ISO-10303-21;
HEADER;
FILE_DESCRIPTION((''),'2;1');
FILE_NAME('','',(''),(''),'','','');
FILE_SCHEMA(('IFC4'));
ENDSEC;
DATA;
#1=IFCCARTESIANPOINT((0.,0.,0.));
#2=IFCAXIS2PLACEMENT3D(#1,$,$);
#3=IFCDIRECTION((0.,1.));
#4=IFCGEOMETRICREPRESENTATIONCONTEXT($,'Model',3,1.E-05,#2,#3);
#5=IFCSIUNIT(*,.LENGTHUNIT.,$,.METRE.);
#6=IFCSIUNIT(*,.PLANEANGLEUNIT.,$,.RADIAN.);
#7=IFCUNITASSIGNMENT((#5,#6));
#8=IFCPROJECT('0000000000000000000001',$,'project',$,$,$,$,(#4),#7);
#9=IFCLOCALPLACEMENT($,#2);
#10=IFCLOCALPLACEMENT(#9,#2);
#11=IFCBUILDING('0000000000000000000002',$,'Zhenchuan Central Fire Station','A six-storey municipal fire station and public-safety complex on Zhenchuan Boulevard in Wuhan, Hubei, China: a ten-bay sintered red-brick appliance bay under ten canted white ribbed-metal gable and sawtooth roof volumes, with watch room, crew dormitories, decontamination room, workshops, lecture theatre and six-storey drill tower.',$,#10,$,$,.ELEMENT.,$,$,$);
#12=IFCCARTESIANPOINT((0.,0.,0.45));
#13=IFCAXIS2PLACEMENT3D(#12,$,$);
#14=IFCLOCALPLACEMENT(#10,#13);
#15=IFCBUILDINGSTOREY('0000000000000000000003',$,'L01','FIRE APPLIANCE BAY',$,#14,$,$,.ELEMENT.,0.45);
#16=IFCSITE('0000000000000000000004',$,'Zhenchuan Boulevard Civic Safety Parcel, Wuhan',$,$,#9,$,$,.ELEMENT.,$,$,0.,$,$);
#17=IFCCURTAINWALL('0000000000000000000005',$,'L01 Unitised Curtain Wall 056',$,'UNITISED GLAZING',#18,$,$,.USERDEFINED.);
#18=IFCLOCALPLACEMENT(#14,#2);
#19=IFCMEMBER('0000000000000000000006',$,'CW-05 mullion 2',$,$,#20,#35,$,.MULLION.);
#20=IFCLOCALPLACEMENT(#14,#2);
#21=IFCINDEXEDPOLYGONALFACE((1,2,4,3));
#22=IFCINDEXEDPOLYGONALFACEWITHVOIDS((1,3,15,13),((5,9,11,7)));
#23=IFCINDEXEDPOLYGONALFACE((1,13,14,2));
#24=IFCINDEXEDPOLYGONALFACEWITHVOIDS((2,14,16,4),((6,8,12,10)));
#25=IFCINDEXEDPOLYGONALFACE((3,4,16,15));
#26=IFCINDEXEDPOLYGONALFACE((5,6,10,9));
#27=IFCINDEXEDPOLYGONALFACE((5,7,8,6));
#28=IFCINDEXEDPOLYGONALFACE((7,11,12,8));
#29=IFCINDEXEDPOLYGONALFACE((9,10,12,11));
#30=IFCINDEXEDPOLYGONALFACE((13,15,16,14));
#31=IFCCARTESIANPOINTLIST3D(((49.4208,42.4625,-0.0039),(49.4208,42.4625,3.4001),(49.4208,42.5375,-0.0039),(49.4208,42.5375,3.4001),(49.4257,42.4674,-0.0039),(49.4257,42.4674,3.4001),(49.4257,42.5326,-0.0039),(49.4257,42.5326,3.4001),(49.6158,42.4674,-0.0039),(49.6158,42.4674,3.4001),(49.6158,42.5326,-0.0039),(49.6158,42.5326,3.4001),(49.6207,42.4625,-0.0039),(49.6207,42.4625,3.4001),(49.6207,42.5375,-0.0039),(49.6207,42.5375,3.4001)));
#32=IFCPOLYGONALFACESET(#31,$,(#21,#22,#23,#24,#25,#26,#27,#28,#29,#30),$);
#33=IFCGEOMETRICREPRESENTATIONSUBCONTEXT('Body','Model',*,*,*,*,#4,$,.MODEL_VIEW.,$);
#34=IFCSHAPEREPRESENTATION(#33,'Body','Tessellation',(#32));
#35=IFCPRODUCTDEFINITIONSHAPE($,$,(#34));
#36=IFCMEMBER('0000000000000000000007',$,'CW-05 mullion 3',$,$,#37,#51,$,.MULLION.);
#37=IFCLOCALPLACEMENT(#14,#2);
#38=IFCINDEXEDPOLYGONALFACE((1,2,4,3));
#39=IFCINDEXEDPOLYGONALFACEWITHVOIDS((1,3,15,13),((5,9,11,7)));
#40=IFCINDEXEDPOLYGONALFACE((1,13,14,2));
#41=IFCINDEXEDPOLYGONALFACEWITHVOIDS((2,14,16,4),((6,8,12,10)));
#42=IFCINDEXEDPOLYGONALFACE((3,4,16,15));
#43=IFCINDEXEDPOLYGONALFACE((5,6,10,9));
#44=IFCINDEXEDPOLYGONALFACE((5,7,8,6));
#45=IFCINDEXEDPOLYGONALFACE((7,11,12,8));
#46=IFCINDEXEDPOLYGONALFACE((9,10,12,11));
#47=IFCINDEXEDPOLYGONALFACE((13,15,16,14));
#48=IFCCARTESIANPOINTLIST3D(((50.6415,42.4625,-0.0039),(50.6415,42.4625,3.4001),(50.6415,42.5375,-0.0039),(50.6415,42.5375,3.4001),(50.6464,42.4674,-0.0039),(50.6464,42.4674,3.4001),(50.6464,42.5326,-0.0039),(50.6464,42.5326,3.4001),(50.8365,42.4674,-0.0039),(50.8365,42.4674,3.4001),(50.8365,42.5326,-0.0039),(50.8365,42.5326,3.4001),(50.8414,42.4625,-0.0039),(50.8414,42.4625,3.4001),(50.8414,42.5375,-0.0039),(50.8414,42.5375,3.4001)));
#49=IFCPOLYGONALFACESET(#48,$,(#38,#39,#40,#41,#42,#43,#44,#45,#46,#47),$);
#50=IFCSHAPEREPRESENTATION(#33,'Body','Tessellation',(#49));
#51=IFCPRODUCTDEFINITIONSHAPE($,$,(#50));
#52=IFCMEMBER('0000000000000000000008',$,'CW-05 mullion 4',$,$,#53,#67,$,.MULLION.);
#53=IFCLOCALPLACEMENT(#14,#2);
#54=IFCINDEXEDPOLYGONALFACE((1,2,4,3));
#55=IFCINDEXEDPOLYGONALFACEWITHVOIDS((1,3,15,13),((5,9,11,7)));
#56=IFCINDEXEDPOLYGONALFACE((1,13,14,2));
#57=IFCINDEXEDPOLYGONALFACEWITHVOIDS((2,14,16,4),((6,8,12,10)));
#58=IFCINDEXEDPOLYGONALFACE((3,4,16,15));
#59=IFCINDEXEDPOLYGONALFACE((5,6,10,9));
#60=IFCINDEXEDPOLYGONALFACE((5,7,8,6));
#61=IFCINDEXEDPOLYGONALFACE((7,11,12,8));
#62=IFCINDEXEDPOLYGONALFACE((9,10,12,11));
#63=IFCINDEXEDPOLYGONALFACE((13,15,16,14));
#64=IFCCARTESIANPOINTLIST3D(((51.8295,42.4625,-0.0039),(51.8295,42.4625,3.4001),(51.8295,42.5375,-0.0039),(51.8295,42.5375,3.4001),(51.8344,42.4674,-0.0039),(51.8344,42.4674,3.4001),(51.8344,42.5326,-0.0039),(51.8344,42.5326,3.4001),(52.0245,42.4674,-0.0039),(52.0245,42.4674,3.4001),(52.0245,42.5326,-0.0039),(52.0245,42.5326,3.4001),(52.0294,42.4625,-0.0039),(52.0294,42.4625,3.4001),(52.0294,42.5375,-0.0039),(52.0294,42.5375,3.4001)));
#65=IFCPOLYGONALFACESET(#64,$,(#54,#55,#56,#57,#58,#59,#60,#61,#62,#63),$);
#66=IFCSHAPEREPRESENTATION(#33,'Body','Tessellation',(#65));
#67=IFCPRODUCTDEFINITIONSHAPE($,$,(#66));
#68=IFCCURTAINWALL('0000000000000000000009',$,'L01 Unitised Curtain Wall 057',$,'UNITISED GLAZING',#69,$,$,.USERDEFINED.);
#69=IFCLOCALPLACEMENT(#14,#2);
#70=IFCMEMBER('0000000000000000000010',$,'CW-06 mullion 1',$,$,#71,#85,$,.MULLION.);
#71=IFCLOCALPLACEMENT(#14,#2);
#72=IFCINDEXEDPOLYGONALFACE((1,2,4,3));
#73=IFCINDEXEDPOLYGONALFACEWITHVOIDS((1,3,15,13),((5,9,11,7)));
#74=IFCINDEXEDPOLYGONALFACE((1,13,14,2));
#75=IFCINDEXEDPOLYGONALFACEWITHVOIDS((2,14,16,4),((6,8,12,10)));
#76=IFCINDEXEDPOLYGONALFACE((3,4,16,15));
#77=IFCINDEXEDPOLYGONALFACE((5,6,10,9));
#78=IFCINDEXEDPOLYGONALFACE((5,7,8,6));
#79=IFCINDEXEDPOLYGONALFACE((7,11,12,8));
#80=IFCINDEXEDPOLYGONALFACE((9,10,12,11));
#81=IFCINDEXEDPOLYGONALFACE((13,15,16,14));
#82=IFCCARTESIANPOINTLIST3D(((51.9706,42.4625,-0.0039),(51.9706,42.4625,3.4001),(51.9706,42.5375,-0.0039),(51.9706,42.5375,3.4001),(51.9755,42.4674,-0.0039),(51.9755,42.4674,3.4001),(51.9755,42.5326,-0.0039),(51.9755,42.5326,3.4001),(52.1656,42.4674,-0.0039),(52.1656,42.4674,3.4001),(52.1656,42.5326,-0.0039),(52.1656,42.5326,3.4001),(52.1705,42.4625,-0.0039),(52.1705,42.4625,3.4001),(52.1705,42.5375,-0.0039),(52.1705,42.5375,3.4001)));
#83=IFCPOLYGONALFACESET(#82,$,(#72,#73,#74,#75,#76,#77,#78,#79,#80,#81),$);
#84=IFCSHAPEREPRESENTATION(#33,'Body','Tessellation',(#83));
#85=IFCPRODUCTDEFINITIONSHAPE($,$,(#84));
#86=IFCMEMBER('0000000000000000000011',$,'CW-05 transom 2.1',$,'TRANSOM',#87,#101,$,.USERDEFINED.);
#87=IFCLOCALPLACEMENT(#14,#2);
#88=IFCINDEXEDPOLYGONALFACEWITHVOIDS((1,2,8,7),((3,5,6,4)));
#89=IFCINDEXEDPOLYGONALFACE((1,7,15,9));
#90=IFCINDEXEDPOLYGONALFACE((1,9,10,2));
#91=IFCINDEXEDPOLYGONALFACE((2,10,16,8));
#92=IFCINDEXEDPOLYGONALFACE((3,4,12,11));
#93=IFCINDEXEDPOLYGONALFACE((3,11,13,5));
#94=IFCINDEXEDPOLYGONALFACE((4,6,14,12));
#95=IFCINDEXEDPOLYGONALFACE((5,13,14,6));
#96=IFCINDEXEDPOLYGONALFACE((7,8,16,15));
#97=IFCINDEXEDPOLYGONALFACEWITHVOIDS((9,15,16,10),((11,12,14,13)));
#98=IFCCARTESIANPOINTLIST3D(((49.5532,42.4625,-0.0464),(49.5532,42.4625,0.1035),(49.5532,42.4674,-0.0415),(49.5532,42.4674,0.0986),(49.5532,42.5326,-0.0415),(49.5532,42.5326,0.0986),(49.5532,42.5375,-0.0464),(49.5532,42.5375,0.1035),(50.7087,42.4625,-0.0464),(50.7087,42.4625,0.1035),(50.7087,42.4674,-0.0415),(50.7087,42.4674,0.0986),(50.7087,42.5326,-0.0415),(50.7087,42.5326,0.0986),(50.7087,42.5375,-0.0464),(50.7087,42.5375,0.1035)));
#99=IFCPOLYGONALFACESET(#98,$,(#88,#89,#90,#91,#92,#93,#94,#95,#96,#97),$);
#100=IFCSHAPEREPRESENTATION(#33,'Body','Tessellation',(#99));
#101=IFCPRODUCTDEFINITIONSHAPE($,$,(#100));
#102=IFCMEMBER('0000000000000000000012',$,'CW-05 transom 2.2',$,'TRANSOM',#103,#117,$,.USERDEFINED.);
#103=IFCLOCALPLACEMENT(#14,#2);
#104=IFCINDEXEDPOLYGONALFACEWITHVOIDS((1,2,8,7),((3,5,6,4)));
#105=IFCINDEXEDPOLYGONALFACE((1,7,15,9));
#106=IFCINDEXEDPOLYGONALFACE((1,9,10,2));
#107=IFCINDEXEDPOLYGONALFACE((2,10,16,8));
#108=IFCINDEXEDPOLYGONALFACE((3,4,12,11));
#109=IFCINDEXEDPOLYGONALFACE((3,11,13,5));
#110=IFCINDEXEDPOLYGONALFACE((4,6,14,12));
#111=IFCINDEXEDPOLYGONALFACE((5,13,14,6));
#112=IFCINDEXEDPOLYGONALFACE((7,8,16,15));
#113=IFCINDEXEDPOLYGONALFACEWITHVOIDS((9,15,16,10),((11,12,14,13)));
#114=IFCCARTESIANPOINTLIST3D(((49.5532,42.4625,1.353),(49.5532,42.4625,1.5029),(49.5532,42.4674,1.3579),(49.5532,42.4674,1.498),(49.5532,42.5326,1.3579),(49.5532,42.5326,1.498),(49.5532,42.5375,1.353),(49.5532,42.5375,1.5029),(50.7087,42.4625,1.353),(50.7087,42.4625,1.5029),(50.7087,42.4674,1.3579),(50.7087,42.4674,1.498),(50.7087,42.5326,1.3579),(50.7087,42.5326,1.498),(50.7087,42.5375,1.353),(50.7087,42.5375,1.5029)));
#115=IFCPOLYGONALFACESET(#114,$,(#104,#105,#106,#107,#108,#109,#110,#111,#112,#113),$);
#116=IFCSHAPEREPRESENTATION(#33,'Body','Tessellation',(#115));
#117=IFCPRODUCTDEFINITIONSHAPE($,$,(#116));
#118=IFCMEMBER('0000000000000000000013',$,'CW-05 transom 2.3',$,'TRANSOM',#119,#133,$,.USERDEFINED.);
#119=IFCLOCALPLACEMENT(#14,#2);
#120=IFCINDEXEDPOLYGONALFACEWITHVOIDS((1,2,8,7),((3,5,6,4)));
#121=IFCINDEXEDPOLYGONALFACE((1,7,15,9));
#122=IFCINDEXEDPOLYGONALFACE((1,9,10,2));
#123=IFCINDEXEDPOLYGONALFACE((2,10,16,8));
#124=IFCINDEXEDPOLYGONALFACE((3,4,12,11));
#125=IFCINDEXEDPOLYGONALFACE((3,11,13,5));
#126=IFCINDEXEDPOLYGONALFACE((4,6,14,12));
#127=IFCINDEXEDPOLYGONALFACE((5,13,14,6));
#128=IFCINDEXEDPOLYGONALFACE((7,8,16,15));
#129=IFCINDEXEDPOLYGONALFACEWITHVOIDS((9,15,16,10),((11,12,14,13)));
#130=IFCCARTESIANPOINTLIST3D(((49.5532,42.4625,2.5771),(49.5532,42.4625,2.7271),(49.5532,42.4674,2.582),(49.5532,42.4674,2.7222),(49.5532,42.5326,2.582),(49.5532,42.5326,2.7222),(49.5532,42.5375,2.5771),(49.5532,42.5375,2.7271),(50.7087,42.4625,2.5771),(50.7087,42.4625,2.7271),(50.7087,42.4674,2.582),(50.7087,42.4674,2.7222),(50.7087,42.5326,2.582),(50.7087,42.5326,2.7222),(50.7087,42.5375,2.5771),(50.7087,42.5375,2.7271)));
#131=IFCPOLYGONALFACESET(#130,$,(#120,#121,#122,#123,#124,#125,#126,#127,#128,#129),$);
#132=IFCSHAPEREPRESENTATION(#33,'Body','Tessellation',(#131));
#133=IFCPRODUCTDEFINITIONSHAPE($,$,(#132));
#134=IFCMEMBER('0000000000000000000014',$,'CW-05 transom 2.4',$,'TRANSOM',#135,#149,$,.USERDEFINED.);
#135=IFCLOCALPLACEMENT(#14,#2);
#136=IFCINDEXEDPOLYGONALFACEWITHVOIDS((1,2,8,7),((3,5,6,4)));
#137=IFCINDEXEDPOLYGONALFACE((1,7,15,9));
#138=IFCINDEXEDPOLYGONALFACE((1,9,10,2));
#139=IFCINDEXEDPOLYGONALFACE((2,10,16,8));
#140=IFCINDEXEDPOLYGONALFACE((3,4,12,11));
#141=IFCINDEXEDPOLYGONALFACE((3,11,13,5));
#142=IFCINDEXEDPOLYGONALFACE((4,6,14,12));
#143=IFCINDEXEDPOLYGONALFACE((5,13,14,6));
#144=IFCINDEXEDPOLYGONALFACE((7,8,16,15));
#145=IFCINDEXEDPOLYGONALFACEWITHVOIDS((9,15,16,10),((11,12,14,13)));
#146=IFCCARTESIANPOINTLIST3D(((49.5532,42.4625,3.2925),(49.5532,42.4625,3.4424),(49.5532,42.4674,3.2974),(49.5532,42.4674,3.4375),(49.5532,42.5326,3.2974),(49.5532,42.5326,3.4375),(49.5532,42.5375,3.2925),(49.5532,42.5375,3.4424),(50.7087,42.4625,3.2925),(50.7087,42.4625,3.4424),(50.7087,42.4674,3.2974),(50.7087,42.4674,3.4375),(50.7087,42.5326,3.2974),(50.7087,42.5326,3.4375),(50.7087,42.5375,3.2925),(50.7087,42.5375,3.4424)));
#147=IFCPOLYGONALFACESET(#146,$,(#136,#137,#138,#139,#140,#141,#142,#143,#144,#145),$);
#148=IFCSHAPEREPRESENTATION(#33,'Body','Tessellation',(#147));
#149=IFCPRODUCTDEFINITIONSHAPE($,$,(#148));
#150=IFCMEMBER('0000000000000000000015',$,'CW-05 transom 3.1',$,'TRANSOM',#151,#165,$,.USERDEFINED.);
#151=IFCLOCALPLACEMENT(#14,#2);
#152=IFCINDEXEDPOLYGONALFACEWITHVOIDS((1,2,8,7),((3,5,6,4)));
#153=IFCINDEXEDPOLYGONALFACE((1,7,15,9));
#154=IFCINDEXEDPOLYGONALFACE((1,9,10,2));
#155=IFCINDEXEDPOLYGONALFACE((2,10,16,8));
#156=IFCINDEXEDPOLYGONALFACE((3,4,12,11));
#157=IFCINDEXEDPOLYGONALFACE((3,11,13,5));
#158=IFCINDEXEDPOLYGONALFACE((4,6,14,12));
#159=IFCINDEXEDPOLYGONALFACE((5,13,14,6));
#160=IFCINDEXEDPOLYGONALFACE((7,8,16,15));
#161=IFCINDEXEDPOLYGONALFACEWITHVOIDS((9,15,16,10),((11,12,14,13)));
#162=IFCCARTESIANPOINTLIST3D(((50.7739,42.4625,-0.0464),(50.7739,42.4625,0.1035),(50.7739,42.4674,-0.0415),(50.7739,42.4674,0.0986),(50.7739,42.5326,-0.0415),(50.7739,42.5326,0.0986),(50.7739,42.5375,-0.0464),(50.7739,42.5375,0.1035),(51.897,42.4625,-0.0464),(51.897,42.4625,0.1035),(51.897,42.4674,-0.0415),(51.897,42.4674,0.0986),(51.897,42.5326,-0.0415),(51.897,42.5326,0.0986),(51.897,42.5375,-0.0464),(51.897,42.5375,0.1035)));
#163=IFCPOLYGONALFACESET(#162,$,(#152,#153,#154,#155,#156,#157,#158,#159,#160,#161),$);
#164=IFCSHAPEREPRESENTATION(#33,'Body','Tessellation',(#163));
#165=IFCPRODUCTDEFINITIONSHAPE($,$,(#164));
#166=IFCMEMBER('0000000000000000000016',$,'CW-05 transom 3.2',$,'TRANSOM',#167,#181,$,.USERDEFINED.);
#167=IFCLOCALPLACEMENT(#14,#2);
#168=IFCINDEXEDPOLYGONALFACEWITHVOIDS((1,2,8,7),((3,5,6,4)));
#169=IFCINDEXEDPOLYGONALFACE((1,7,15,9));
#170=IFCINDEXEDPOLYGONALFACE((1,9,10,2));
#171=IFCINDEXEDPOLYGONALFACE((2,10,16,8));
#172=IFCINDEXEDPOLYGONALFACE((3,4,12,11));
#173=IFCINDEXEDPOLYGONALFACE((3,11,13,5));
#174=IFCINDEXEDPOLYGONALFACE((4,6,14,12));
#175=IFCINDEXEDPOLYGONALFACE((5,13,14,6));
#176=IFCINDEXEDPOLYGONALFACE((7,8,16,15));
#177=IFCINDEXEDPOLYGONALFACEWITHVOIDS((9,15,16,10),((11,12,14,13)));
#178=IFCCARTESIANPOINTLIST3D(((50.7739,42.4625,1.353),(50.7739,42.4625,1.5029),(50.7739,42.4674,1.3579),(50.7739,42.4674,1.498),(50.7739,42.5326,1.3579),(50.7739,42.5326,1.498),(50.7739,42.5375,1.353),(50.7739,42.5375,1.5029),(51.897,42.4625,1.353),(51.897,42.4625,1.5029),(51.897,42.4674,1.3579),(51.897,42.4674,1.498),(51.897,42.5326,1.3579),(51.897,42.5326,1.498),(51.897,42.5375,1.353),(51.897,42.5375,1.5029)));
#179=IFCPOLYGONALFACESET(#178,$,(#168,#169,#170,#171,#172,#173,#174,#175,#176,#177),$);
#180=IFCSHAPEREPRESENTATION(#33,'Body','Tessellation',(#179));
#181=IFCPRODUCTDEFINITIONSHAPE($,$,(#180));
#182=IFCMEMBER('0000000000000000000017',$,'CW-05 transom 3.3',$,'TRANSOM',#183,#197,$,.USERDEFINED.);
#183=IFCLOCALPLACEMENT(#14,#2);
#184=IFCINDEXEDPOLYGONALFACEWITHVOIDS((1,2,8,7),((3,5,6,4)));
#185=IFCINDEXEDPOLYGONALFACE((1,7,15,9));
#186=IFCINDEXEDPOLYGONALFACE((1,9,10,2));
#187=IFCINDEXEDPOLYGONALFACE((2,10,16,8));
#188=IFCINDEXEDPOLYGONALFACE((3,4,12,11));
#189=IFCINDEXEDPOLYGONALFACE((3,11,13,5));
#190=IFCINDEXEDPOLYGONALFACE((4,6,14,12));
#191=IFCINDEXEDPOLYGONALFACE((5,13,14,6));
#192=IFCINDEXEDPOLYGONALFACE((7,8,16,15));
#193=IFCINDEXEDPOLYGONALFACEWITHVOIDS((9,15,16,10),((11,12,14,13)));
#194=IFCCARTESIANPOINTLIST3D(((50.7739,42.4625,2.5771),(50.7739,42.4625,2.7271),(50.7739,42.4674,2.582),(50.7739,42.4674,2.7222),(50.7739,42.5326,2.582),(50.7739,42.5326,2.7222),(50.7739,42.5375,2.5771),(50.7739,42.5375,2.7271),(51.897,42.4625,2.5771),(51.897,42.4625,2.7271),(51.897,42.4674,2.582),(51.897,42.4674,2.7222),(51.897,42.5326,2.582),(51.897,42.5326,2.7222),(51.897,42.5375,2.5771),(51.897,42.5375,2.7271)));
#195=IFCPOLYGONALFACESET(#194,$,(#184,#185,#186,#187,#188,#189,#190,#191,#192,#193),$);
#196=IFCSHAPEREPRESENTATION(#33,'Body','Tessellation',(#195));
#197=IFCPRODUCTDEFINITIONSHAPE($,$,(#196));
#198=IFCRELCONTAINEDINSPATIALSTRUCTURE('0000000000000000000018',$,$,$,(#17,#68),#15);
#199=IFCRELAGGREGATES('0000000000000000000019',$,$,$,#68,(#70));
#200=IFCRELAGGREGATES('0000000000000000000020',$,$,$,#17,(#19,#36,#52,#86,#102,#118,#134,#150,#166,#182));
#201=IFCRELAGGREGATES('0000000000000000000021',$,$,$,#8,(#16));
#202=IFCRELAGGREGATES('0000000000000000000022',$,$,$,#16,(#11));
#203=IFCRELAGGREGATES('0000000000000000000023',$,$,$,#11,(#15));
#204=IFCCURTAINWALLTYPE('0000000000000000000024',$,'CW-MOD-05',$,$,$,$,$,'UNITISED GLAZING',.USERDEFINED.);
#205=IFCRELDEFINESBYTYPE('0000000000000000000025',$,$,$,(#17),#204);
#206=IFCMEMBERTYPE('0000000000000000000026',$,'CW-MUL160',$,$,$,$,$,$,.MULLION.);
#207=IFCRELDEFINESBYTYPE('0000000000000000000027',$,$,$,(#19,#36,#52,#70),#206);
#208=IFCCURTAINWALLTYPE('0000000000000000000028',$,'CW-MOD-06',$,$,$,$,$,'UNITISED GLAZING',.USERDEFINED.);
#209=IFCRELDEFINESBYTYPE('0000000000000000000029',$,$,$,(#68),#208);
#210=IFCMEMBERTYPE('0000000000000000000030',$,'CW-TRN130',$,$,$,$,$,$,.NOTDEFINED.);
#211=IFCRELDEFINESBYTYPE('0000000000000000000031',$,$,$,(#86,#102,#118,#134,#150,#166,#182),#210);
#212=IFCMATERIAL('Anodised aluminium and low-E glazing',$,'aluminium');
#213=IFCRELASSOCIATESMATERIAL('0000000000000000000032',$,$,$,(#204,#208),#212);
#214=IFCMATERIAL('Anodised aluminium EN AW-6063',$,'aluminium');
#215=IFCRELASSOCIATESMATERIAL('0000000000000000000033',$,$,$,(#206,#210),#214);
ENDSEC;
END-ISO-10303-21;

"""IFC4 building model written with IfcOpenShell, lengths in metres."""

from ifc_helpers import new_model, si_unit, direction, frame, origin, origin_2d, place, context, subcontext, project, spatial, hollow_rectangle, extrude, material, material_profile, profile_set, type_object, element, aggregate, save


model = new_model("IFC4")

# Units and contexts
model_context = context("Model", 3, precision=1e-05, world=origin(), true_north=direction((0.0, 1.0)))
body_context = subcontext(model_context, "Body", "Model", "MODEL_VIEW")
ifc_project = project(units=[si_unit("LENGTHUNIT", "METRE"), si_unit("PLANEANGLEUNIT", "RADIAN")], contexts=[model_context])

# Site, building, storey
site_placement = place(None, origin())
site = spatial("IfcSite", under=ifc_project, at=site_placement, Name="Zhenchuan Boulevard Civic Safety Parcel, Wuhan", CompositionType="ELEMENT", RefElevation=0.0)
building_placement = place(site_placement, origin())
building = spatial("IfcBuilding", under=site, at=building_placement, Name="Zhenchuan Central Fire Station", Description="A six-storey municipal fire station and public-safety complex on Zhenchuan Boulevard in Wuhan, Hubei, China: a ten-bay sintered red-brick appliance bay under ten canted white ribbed-metal gable and sawtooth roof volumes, with watch room, crew dormitories, decontamination room, workshops, lecture theatre and six-storey drill tower.", CompositionType="ELEMENT")
storey_placement = place(building_placement, frame((0.0, 0.0, 0.45)))
storey = spatial("IfcBuildingStorey", under=building, at=storey_placement, Name="L01", Description="FIRE APPLIANCE BAY", CompositionType="ELEMENT", Elevation=0.45)

# Curtain wall, members
ifc_material_1 = material(Name="Anodised aluminium and low-E glazing", Category="aluminium")
curtain_wall_type_1 = type_object("IfcCurtainWallType", Name="CW-MOD-05", ElementType="UNITISED GLAZING", PredefinedType="USERDEFINED", material=ifc_material_1)
curtain_wall_1_placement = place(storey_placement, origin())
curtain_wall_1 = element("IfcCurtainWall", 1, at=curtain_wall_1_placement, inside=storey, type_object=curtain_wall_type_1, Name="L01 Unitised Curtain Wall 056", ObjectType="UNITISED GLAZING", PredefinedType="USERDEFINED")
ifc_material_2 = material(Name="Anodised aluminium EN AW-6063", Category="aluminium")
ifc_material_profile_1 = material_profile(ifc_material_2, hollow_rectangle(XDim=0.075, YDim=0.2, WallThickness=0.0049, at=origin_2d()), Name="ALU-M 200x75")
ifc_profile_set_1 = profile_set([ifc_material_profile_1], Name="Anodised aluminium EN AW-6063")
member_type_1 = type_object("IfcMemberType", Name="CW-MUL160", PredefinedType="MULLION", material=ifc_profile_set_1)
member_1_placement = place(storey_placement, frame((49.5208, 42.5, -0.0039), z_axis=(0.0, 0.0, 1.0), x_axis=(0.0, 1.0, 0.0)))
member_1 = element("IfcMember", 2, at=member_1_placement, type_object=member_type_1, Name="CW-05 mullion 2", PredefinedType="MULLION", context=body_context, shape_type="SweptSolid", body=[
    extrude(hollow_rectangle(XDim=0.075, YDim=0.2, WallThickness=0.0049, at=origin_2d()), origin(), (0.0, 0.0, 1.0), 3.4041),
])
member_2_placement = place(storey_placement, frame((50.7415, 42.5, -0.0039), z_axis=(0.0, 0.0, 1.0), x_axis=(0.0, 1.0, 0.0)))
member_2 = element("IfcMember", 3, at=member_2_placement, type_object=member_type_1, Name="CW-05 mullion 3", PredefinedType="MULLION", context=body_context, shape_type="SweptSolid", body=[
    extrude(hollow_rectangle(XDim=0.075, YDim=0.2, WallThickness=0.0049, at=origin_2d()), origin(), (0.0, 0.0, 1.0), 3.4041),
])
member_3_placement = place(storey_placement, frame((51.9294, 42.5, -0.0039), z_axis=(0.0, 0.0, 1.0), x_axis=(0.0, 1.0, 0.0)))
member_3 = element("IfcMember", 4, at=member_3_placement, type_object=member_type_1, Name="CW-05 mullion 4", PredefinedType="MULLION", context=body_context, shape_type="SweptSolid", body=[
    extrude(hollow_rectangle(XDim=0.075, YDim=0.2, WallThickness=0.0049, at=origin_2d()), origin(), (0.0, 0.0, 1.0), 3.4041),
])

# Curtain wall, member
curtain_wall_type_2 = type_object("IfcCurtainWallType", Name="CW-MOD-06", ElementType="UNITISED GLAZING", PredefinedType="USERDEFINED", material=ifc_material_1)
curtain_wall_2_placement = place(storey_placement, origin())
curtain_wall_2 = element("IfcCurtainWall", 5, at=curtain_wall_2_placement, inside=storey, type_object=curtain_wall_type_2, Name="L01 Unitised Curtain Wall 057", ObjectType="UNITISED GLAZING", PredefinedType="USERDEFINED")
member_4_placement = place(storey_placement, frame((52.0706, 42.5, -0.0039), z_axis=(0.0, 0.0, 1.0), x_axis=(0.0, 1.0, 0.0)))
member_4 = element("IfcMember", 6, at=member_4_placement, type_object=member_type_1, Name="CW-06 mullion 1", PredefinedType="MULLION", context=body_context, shape_type="SweptSolid", body=[
    extrude(hollow_rectangle(XDim=0.075, YDim=0.2, WallThickness=0.0049, at=origin_2d()), origin(), (0.0, 0.0, 1.0), 3.4041),
])

# Members
ifc_material_profile_2 = material_profile(ifc_material_2, hollow_rectangle(XDim=0.075, YDim=0.1499, WallThickness=0.0049, at=origin_2d()), Name="ALU-T 150x75")
ifc_profile_set_2 = profile_set([ifc_material_profile_2], Name="Anodised aluminium EN AW-6063")
member_type_2 = type_object("IfcMemberType", Name="CW-TRN130", PredefinedType="NOTDEFINED", material=ifc_profile_set_2)
member_5_placement = place(storey_placement, frame((49.5532, 42.5, 0.0286), z_axis=(1.0, 0.0, 0.0), x_axis=(0.0, 1.0, 0.0)))
member_5 = element("IfcMember", 7, at=member_5_placement, type_object=member_type_2, Name="CW-05 transom 2.1", ObjectType="TRANSOM", PredefinedType="USERDEFINED", context=body_context, shape_type="SweptSolid", body=[
    extrude(hollow_rectangle(XDim=0.075, YDim=0.1499, WallThickness=0.0049, at=origin_2d()), origin(), (0.0, 0.0, 1.0), 1.1555),
])
member_6_placement = place(storey_placement, frame((49.5532, 42.5, 1.428), z_axis=(1.0, 0.0, 0.0), x_axis=(0.0, 1.0, 0.0)))
member_6 = element("IfcMember", 8, at=member_6_placement, type_object=member_type_2, Name="CW-05 transom 2.2", ObjectType="TRANSOM", PredefinedType="USERDEFINED", context=body_context, shape_type="SweptSolid", body=[
    extrude(hollow_rectangle(XDim=0.075, YDim=0.1499, WallThickness=0.0049, at=origin_2d()), origin(), (0.0, 0.0, 1.0), 1.1555),
])
member_7_placement = place(storey_placement, frame((49.5532, 42.5, 2.6521), z_axis=(1.0, 0.0, 0.0), x_axis=(0.0, 1.0, 0.0)))
member_7 = element("IfcMember", 9, at=member_7_placement, type_object=member_type_2, Name="CW-05 transom 2.3", ObjectType="TRANSOM", PredefinedType="USERDEFINED", context=body_context, shape_type="SweptSolid", body=[
    extrude(hollow_rectangle(XDim=0.075, YDim=0.1499, WallThickness=0.0049, at=origin_2d()), origin(), (0.0, 0.0, 1.0), 1.1555),
])
member_8_placement = place(storey_placement, frame((49.5532, 42.5, 3.3674), z_axis=(1.0, 0.0, 0.0), x_axis=(0.0, 1.0, 0.0)))
member_8 = element("IfcMember", 10, at=member_8_placement, type_object=member_type_2, Name="CW-05 transom 2.4", ObjectType="TRANSOM", PredefinedType="USERDEFINED", context=body_context, shape_type="SweptSolid", body=[
    extrude(hollow_rectangle(XDim=0.075, YDim=0.1499, WallThickness=0.0049, at=origin_2d()), origin(), (0.0, 0.0, 1.0), 1.1555),
])
member_9_placement = place(storey_placement, frame((50.7739, 42.5, 0.0286), z_axis=(1.0, 0.0, 0.0), x_axis=(0.0, 1.0, 0.0)))
member_9 = element("IfcMember", 11, at=member_9_placement, type_object=member_type_2, Name="CW-05 transom 3.1", ObjectType="TRANSOM", PredefinedType="USERDEFINED", context=body_context, shape_type="SweptSolid", body=[
    extrude(hollow_rectangle(XDim=0.075, YDim=0.1499, WallThickness=0.0049, at=origin_2d()), origin(), (0.0, 0.0, 1.0), 1.123),
])
member_10_placement = place(storey_placement, frame((50.7739, 42.5, 1.428), z_axis=(1.0, 0.0, 0.0), x_axis=(0.0, 1.0, 0.0)))
member_10 = element("IfcMember", 12, at=member_10_placement, type_object=member_type_2, Name="CW-05 transom 3.2", ObjectType="TRANSOM", PredefinedType="USERDEFINED", context=body_context, shape_type="SweptSolid", body=[
    extrude(hollow_rectangle(XDim=0.075, YDim=0.1499, WallThickness=0.0049, at=origin_2d()), origin(), (0.0, 0.0, 1.0), 1.123),
])
member_11_placement = place(storey_placement, frame((50.7739, 42.5, 2.6521), z_axis=(1.0, 0.0, 0.0), x_axis=(0.0, 1.0, 0.0)))
member_11 = element("IfcMember", 13, at=member_11_placement, type_object=member_type_2, Name="CW-05 transom 3.3", ObjectType="TRANSOM", PredefinedType="USERDEFINED", context=body_context, shape_type="SweptSolid", body=[
    extrude(hollow_rectangle(XDim=0.075, YDim=0.1499, WallThickness=0.0049, at=origin_2d()), origin(), (0.0, 0.0, 1.0), 1.123),
])
aggregate(curtain_wall_2, [member_4])

aggregate(curtain_wall_1, [member_1, member_2, member_3, member_5, member_6, member_7, member_8, member_9, member_10, member_11])

save(model, "model.ifc")
